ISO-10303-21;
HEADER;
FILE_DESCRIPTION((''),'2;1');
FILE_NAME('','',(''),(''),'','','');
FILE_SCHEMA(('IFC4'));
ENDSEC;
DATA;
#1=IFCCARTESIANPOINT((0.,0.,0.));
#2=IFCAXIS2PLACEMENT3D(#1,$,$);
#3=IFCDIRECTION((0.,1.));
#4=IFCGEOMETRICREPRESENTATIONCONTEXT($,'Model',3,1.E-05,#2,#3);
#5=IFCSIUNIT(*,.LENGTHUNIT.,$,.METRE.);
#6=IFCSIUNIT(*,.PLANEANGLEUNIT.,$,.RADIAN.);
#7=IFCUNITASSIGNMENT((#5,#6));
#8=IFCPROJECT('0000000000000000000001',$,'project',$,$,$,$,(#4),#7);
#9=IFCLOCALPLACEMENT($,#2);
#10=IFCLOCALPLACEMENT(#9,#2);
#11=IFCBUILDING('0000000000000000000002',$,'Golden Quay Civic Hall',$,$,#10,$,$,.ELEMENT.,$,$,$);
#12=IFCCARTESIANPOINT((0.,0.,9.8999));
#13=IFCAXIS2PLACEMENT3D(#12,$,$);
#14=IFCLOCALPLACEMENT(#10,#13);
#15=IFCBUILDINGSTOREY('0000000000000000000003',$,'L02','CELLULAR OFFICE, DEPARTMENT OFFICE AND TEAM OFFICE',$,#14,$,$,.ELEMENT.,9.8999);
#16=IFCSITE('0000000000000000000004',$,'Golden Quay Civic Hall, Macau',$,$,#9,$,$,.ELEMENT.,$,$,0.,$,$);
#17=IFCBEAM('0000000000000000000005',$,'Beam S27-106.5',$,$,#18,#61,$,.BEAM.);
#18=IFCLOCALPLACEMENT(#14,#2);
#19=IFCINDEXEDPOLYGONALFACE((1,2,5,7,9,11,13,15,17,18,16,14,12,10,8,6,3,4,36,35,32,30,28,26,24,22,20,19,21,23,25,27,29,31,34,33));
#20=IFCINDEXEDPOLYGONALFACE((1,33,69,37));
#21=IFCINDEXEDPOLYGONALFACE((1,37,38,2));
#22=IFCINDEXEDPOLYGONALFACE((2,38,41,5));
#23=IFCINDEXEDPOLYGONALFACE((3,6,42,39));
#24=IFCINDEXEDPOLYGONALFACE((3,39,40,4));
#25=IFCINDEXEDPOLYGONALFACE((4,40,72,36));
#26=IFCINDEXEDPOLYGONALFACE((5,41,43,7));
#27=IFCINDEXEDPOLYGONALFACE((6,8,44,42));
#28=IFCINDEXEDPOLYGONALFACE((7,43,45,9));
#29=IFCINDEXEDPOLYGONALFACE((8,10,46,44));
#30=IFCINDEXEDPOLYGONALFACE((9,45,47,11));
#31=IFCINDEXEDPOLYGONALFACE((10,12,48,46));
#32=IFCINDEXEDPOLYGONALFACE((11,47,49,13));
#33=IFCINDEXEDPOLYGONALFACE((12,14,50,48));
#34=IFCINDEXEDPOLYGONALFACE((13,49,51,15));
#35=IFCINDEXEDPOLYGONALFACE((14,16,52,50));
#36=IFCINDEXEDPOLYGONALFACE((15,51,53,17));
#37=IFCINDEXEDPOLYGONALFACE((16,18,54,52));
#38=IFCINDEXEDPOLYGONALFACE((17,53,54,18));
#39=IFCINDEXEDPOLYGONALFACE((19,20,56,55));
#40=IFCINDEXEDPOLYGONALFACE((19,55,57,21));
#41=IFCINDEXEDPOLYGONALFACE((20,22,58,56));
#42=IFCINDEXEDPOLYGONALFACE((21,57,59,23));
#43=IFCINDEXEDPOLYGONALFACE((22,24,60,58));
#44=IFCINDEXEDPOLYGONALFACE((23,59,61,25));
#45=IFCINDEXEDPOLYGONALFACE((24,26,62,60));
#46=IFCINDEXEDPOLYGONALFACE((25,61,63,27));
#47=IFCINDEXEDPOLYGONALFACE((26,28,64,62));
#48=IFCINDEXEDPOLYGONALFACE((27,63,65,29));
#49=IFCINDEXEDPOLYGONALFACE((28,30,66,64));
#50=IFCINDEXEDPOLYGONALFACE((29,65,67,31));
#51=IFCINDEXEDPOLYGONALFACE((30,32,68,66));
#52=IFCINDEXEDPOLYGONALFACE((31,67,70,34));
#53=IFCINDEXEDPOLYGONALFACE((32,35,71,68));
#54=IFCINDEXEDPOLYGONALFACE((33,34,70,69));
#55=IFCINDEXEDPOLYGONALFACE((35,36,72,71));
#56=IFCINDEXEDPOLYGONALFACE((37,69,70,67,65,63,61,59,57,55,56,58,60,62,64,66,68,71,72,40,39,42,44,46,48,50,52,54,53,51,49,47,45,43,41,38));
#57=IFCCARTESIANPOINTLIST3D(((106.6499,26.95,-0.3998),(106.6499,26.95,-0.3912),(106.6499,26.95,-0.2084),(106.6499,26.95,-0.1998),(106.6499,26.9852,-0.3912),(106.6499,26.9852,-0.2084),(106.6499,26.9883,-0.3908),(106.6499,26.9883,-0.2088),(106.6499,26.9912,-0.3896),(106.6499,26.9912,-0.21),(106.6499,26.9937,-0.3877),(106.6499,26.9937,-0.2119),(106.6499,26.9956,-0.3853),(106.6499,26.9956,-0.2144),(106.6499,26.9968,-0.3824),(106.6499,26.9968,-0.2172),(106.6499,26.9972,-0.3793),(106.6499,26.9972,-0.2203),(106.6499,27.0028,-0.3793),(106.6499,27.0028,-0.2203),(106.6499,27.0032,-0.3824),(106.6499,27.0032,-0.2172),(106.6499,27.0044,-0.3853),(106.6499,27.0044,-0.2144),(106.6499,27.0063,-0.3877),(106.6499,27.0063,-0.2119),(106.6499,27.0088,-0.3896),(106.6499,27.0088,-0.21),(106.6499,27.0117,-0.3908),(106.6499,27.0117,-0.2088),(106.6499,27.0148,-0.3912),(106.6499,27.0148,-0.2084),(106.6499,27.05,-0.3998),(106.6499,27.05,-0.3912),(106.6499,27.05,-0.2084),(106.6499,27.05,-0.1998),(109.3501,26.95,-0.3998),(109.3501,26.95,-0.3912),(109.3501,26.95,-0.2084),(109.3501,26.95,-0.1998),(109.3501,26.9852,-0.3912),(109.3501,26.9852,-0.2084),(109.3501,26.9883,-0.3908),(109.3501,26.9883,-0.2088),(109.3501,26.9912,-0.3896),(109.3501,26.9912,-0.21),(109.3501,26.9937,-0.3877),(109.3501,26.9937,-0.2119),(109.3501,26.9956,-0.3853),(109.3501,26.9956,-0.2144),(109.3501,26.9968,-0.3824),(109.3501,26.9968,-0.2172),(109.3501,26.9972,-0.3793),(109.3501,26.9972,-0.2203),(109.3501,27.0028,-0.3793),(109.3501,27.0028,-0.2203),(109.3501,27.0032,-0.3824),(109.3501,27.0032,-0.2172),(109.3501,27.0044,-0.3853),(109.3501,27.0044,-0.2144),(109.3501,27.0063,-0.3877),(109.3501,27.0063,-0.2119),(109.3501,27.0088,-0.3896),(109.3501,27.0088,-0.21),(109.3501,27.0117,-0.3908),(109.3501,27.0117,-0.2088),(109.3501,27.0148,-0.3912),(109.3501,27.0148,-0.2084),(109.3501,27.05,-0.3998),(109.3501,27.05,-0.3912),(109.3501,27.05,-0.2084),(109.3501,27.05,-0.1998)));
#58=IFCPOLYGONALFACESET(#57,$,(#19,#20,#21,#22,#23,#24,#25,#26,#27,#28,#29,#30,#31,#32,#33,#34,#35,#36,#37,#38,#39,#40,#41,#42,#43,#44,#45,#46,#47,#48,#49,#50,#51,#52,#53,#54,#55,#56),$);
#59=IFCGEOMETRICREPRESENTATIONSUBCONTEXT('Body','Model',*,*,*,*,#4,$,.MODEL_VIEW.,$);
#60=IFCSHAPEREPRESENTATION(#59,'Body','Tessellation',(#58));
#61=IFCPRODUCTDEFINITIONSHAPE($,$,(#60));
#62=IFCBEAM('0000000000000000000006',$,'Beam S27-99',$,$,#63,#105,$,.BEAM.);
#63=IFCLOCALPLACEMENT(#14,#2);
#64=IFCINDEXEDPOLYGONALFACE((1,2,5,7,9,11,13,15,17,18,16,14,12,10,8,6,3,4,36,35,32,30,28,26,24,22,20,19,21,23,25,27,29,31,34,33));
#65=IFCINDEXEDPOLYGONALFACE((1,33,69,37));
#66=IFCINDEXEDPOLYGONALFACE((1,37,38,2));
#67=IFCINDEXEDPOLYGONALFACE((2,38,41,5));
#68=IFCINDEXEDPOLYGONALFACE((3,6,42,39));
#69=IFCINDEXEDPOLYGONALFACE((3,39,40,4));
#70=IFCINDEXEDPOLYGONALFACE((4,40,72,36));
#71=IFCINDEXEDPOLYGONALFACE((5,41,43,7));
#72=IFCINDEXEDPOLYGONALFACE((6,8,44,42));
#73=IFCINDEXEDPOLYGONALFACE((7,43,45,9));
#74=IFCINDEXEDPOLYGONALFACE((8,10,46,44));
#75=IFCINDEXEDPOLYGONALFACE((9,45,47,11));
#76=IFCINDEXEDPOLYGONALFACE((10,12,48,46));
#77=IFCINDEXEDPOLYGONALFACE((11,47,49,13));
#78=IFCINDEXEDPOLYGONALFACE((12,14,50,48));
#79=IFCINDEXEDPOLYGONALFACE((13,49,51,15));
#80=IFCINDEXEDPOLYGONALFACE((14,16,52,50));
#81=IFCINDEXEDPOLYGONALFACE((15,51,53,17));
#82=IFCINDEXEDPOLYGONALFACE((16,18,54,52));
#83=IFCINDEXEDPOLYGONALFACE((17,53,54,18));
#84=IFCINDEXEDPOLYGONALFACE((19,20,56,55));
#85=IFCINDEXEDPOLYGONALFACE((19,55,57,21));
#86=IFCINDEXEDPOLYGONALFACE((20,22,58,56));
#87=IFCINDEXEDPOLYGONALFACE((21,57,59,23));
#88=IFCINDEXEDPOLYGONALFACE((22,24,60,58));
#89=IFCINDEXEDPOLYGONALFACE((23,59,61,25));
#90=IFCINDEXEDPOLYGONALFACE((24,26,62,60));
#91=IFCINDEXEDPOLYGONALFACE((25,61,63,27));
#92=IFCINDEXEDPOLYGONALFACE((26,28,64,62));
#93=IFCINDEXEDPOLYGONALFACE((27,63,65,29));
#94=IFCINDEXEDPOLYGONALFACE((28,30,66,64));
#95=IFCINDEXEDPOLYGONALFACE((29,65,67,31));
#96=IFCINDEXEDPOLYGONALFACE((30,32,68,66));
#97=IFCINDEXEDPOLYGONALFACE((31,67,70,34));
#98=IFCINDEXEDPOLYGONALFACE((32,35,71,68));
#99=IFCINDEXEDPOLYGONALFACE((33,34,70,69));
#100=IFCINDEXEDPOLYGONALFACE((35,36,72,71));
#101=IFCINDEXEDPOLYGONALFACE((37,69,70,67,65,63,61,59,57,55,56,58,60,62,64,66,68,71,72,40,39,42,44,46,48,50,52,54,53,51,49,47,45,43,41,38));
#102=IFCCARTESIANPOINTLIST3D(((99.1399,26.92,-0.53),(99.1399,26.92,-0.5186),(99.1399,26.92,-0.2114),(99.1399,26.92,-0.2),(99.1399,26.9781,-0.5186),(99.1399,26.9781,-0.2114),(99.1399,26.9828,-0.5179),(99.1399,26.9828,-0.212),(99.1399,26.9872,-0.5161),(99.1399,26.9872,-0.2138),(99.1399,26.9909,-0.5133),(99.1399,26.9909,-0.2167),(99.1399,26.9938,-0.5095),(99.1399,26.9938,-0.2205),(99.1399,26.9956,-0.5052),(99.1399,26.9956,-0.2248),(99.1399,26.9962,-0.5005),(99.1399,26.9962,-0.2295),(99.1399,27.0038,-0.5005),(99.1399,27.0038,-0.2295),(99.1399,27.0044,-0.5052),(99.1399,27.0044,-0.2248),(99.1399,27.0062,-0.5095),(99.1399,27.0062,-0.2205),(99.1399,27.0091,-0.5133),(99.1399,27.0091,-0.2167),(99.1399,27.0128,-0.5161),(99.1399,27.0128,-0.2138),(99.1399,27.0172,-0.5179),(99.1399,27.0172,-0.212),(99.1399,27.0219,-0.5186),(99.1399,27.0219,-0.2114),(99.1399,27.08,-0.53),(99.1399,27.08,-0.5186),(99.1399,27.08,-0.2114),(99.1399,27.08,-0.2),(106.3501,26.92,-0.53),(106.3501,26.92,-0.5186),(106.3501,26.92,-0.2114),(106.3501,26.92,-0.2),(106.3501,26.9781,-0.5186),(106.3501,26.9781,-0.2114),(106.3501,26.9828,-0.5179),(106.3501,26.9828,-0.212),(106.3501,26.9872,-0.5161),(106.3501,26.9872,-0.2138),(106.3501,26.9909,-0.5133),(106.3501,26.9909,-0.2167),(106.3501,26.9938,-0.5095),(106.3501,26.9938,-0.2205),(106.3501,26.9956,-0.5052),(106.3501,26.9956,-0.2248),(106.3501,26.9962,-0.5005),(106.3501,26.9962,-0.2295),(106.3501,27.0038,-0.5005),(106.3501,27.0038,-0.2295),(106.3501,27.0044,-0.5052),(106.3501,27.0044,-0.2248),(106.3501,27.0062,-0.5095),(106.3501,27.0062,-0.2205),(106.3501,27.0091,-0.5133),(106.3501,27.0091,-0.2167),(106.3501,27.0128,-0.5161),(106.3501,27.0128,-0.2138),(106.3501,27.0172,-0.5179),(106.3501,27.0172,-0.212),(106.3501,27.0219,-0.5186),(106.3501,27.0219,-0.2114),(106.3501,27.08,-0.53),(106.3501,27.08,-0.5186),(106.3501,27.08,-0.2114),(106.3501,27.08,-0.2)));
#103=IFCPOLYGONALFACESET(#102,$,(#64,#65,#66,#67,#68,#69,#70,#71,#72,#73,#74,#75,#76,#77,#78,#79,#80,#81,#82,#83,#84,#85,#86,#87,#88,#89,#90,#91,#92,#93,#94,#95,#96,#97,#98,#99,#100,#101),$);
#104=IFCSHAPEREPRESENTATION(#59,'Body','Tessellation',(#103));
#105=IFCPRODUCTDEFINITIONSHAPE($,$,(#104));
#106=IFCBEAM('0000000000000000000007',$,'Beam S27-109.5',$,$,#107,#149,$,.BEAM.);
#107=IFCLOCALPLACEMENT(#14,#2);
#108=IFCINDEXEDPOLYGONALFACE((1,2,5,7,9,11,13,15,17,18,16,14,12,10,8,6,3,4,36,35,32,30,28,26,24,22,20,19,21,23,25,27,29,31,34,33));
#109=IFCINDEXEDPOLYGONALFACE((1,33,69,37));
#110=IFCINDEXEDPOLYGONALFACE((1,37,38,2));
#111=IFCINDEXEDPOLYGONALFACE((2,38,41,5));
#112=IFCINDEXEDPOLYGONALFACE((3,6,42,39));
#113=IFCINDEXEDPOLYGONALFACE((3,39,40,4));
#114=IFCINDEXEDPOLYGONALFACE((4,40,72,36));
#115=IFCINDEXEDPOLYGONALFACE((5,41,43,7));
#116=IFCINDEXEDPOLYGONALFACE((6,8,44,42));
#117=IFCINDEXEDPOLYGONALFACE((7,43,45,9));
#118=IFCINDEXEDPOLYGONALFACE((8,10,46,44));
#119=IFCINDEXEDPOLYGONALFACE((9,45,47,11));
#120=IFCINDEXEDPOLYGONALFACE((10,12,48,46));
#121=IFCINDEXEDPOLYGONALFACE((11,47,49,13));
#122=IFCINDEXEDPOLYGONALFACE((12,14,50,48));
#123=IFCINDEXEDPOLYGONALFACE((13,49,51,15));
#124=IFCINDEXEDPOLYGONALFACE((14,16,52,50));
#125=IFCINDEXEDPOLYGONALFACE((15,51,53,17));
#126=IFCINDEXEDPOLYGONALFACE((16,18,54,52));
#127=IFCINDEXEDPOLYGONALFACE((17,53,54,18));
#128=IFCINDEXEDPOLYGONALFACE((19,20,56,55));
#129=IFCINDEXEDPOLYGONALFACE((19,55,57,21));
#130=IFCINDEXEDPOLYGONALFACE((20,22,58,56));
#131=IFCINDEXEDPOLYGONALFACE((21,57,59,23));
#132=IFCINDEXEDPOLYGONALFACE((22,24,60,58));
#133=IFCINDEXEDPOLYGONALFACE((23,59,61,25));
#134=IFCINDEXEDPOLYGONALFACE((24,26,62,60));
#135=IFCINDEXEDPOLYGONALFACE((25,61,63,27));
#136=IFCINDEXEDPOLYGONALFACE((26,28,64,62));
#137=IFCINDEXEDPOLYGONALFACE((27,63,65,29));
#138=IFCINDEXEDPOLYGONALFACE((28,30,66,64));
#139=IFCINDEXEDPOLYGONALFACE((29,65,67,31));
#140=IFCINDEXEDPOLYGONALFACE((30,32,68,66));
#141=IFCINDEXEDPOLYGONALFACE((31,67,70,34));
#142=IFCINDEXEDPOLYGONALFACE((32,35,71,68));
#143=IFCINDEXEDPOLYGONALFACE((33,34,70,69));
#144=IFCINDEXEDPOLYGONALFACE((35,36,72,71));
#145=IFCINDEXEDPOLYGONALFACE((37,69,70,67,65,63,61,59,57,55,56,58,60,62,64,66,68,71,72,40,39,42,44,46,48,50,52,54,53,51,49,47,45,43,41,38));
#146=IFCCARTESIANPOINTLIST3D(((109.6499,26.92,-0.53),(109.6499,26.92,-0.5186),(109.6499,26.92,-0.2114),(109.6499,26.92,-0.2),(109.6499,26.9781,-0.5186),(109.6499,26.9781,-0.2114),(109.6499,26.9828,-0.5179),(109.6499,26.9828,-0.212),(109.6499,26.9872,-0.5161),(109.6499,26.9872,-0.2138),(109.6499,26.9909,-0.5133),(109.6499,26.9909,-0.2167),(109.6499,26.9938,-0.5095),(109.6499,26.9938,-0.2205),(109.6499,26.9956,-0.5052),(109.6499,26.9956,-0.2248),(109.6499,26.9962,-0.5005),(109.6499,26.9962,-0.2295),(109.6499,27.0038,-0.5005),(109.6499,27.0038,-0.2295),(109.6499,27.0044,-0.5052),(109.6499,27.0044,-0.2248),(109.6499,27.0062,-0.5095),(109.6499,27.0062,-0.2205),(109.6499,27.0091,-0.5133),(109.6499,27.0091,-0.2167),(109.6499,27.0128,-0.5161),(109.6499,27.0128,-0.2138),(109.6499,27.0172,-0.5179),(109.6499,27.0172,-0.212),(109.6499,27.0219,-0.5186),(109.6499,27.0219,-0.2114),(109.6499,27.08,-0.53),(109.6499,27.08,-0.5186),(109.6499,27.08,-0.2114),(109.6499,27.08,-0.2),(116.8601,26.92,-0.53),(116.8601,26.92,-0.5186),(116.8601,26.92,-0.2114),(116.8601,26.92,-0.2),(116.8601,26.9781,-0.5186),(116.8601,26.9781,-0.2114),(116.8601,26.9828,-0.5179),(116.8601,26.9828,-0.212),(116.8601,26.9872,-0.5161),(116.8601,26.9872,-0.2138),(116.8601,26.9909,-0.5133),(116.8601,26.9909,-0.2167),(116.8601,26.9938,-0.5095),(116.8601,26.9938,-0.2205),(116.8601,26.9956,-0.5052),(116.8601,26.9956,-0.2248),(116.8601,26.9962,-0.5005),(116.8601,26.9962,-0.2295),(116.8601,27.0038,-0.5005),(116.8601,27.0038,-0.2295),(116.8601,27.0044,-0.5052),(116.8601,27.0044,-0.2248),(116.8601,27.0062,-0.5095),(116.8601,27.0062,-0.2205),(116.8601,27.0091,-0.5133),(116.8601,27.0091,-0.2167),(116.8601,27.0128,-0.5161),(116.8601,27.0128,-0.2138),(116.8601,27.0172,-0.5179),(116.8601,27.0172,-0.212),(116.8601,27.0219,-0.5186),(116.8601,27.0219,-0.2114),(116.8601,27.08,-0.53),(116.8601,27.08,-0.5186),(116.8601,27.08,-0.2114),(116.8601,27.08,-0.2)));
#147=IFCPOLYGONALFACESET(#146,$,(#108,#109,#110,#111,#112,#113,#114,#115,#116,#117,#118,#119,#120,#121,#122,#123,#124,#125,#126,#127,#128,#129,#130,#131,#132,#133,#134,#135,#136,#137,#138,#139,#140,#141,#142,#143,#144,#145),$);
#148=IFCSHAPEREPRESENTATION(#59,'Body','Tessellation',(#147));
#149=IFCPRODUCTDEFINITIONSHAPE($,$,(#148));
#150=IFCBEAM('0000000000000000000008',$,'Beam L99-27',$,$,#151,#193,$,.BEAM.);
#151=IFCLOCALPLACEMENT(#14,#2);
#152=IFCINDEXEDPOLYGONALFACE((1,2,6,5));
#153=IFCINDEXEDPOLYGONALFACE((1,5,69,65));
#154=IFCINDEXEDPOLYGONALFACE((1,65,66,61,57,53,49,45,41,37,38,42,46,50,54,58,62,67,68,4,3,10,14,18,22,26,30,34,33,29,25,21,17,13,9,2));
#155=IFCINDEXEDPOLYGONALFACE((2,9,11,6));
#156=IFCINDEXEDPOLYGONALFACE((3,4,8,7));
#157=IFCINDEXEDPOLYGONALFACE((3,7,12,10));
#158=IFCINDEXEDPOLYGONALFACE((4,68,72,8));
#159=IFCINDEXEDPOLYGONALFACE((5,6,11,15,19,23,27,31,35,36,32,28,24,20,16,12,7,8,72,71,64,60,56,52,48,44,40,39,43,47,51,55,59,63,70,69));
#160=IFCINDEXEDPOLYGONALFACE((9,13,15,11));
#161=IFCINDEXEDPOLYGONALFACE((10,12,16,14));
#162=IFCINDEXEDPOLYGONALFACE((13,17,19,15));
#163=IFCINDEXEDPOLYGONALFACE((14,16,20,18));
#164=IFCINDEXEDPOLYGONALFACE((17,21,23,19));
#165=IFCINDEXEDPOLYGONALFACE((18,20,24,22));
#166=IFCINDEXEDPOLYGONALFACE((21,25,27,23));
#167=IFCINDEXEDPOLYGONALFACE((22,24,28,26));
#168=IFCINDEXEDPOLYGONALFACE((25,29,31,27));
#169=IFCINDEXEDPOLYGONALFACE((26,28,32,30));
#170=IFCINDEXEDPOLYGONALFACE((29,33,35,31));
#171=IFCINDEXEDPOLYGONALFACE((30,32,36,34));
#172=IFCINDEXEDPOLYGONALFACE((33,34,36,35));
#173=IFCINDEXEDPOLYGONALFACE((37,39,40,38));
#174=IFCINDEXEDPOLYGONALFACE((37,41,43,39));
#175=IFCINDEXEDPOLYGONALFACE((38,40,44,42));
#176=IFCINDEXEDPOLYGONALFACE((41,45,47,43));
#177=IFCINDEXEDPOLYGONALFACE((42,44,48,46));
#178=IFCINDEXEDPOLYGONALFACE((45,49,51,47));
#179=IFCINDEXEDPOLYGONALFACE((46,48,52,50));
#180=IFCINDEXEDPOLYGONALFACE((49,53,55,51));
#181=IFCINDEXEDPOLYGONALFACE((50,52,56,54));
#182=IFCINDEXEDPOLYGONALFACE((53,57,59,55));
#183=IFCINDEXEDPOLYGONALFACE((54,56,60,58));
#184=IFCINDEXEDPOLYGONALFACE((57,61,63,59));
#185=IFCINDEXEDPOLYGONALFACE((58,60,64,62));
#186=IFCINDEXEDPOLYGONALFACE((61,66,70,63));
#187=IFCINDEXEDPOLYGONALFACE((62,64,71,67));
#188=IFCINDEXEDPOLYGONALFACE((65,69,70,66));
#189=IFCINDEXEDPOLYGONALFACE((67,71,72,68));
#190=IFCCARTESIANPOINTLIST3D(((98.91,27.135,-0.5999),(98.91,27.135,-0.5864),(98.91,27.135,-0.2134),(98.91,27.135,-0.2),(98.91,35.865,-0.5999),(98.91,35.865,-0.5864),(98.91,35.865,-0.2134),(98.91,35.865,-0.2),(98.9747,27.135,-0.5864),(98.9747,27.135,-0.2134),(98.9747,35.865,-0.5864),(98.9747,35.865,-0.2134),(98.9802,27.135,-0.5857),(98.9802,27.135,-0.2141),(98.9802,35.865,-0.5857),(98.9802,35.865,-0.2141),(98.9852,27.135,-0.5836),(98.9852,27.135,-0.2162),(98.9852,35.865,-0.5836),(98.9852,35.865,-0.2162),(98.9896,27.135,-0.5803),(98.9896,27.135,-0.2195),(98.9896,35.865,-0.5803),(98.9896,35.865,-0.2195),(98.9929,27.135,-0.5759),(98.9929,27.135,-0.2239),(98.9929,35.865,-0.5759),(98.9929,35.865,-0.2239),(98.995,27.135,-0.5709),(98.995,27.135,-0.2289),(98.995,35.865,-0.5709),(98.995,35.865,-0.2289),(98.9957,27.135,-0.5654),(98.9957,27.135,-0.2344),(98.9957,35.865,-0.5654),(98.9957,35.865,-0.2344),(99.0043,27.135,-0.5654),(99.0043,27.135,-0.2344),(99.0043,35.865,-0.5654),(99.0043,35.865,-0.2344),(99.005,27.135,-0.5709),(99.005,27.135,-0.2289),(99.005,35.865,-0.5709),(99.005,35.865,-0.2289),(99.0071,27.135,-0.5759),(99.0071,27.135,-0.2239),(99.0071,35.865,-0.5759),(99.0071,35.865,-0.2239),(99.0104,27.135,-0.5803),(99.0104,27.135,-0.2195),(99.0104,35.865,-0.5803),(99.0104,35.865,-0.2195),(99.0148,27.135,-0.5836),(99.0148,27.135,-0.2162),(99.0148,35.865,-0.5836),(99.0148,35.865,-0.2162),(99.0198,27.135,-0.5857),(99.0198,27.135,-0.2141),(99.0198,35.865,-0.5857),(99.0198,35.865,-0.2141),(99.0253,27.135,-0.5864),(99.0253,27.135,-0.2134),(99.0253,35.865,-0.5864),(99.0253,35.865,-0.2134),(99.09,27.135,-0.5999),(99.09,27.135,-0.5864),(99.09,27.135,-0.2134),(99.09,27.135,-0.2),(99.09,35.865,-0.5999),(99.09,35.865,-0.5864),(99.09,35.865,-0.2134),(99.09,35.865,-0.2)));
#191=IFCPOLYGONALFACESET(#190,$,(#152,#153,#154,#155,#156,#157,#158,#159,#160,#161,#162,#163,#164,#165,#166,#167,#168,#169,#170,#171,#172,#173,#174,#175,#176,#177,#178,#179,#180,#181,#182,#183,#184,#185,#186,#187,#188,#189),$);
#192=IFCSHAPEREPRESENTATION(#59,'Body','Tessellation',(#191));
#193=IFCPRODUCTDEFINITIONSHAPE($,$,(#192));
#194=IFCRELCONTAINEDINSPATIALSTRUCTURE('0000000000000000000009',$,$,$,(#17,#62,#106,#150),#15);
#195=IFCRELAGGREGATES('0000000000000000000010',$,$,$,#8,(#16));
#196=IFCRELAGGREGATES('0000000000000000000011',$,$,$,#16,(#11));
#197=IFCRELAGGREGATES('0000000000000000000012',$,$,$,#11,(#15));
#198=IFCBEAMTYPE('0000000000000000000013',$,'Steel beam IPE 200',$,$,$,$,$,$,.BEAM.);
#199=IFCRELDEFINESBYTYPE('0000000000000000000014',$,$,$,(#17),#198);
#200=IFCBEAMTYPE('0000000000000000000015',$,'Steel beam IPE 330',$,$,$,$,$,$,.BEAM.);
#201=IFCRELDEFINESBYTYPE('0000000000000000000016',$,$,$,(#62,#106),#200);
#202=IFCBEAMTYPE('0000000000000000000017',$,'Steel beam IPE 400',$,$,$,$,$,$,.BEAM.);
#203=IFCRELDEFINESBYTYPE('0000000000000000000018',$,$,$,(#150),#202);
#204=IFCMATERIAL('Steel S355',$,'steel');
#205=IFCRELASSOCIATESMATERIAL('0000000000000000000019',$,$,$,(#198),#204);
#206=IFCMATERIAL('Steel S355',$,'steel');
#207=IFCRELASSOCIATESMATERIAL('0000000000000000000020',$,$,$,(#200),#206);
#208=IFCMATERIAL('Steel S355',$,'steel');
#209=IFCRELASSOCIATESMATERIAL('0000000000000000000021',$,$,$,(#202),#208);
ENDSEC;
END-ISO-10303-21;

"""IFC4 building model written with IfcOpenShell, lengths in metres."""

from ifc_helpers import new_model, si_unit, direction, frame, origin, origin_2d, place, context, subcontext, project, spatial, i_section, extrude, material, material_profile, profile_set, type_object, element, save


model = new_model("IFC4")

# Units and contexts
model_context = context("Model", 3, precision=1e-05, world=origin(), true_north=direction((0.0, 1.0)))
body_context = subcontext(model_context, "Body", "Model", "MODEL_VIEW")
ifc_project = project(units=[si_unit("LENGTHUNIT", "METRE"), si_unit("PLANEANGLEUNIT", "RADIAN")], contexts=[model_context])

# Site, building, storey
site_placement = place(None, origin())
site = spatial("IfcSite", under=ifc_project, at=site_placement, Name="Golden Quay Civic Hall, Macau", CompositionType="ELEMENT", RefElevation=0.0)
building_placement = place(site_placement, origin())
building = spatial("IfcBuilding", under=site, at=building_placement, Name="Golden Quay Civic Hall", CompositionType="ELEMENT")
storey_placement = place(building_placement, frame((0.0, 0.0, 9.8999)))
storey = spatial("IfcBuildingStorey", under=building, at=storey_placement, Name="L02", Description="CELLULAR OFFICE, DEPARTMENT OFFICE AND TEAM OFFICE", CompositionType="ELEMENT", Elevation=9.8999)

# Beams
ifc_material_1 = material(Name="Steel S355", Category="steel")
ifc_material_profile_1 = material_profile(ifc_material_1, i_section(OverallWidth=0.1001, OverallDepth=0.2, WebThickness=0.0056, FlangeThickness=0.0085, FilletRadius=0.012, at=origin_2d()), Name="IPE 200")
ifc_profile_set_1 = profile_set([ifc_material_profile_1], Name="Steel S355")
beam_type_1 = type_object("IfcBeamType", Name="Steel beam IPE 200", PredefinedType="BEAM", material=ifc_profile_set_1)
beam_1_placement = place(storey_placement, frame((106.6499, 27.0, -0.2998), z_axis=(1.0, 0.0, 0.0), x_axis=(0.0, 1.0, 0.0)))
element("IfcBeam", 1, at=beam_1_placement, inside=storey, type_object=beam_type_1, Name="Beam S27-106.5", PredefinedType="BEAM", context=body_context, shape_type="SweptSolid", body=[
    extrude(i_section(OverallWidth=0.1001, OverallDepth=0.2, WebThickness=0.0056, FlangeThickness=0.0085, FilletRadius=0.012, at=origin_2d()), origin(), (0.0, 0.0, 1.0), 2.7002),
])
ifc_material_2 = material(Name="Steel S355", Category="steel")
ifc_material_profile_2 = material_profile(ifc_material_2, i_section(OverallWidth=0.1599, OverallDepth=0.3301, WebThickness=0.0076, FlangeThickness=0.0115, FilletRadius=0.0181, at=origin_2d()), Name="IPE 330")
ifc_profile_set_2 = profile_set([ifc_material_profile_2], Name="Steel S355")
beam_type_2 = type_object("IfcBeamType", Name="Steel beam IPE 330", PredefinedType="BEAM", material=ifc_profile_set_2)
for number, where, z_axis, x_axis, name in (
    (2, (99.1399, 27.0, -0.365), (1.0, 0.0, 0.0), (0.0, 1.0, 0.0), "Beam S27-99"),
    (3, (109.6499, 27.0, -0.365), (1.0, 0.0, 0.0), (0.0, 1.0, 0.0), "Beam S27-109.5"),
):
    element("IfcBeam", number, at=place(storey_placement, frame(where, z_axis=z_axis, x_axis=x_axis)), inside=storey, type_object=beam_type_2, Name=name, PredefinedType="BEAM", context=body_context, shape_type="SweptSolid", body=[
        extrude(i_section(OverallWidth=0.1599, OverallDepth=0.3301, WebThickness=0.0076, FlangeThickness=0.0115, FilletRadius=0.0181, at=origin_2d()), origin(), (0.0, 0.0, 1.0), 7.2102),
    ])
ifc_material_3 = material(Name="Steel S355", Category="steel")
ifc_material_profile_3 = material_profile(ifc_material_3, i_section(OverallWidth=0.1799, OverallDepth=0.3999, WebThickness=0.0085, FlangeThickness=0.0134, FilletRadius=0.021, at=origin_2d()), Name="IPE 400")
ifc_profile_set_3 = profile_set([ifc_material_profile_3], Name="Steel S355")
beam_type_3 = type_object("IfcBeamType", Name="Steel beam IPE 400", PredefinedType="BEAM", material=ifc_profile_set_3)
beam_2_placement = place(storey_placement, frame((99.0, 27.135, -0.3999), z_axis=(0.0, 1.0, 0.0), x_axis=(-1.0, 0.0, 0.0)))
element("IfcBeam", 4, at=beam_2_placement, inside=storey, type_object=beam_type_3, Name="Beam L99-27", PredefinedType="BEAM", context=body_context, shape_type="SweptSolid", body=[
    extrude(i_section(OverallWidth=0.1799, OverallDepth=0.3999, WebThickness=0.0085, FlangeThickness=0.0134, FilletRadius=0.021, at=origin_2d()), origin(), (0.0, 0.0, 1.0), 8.73),
])

save(model, "model.ifc")
